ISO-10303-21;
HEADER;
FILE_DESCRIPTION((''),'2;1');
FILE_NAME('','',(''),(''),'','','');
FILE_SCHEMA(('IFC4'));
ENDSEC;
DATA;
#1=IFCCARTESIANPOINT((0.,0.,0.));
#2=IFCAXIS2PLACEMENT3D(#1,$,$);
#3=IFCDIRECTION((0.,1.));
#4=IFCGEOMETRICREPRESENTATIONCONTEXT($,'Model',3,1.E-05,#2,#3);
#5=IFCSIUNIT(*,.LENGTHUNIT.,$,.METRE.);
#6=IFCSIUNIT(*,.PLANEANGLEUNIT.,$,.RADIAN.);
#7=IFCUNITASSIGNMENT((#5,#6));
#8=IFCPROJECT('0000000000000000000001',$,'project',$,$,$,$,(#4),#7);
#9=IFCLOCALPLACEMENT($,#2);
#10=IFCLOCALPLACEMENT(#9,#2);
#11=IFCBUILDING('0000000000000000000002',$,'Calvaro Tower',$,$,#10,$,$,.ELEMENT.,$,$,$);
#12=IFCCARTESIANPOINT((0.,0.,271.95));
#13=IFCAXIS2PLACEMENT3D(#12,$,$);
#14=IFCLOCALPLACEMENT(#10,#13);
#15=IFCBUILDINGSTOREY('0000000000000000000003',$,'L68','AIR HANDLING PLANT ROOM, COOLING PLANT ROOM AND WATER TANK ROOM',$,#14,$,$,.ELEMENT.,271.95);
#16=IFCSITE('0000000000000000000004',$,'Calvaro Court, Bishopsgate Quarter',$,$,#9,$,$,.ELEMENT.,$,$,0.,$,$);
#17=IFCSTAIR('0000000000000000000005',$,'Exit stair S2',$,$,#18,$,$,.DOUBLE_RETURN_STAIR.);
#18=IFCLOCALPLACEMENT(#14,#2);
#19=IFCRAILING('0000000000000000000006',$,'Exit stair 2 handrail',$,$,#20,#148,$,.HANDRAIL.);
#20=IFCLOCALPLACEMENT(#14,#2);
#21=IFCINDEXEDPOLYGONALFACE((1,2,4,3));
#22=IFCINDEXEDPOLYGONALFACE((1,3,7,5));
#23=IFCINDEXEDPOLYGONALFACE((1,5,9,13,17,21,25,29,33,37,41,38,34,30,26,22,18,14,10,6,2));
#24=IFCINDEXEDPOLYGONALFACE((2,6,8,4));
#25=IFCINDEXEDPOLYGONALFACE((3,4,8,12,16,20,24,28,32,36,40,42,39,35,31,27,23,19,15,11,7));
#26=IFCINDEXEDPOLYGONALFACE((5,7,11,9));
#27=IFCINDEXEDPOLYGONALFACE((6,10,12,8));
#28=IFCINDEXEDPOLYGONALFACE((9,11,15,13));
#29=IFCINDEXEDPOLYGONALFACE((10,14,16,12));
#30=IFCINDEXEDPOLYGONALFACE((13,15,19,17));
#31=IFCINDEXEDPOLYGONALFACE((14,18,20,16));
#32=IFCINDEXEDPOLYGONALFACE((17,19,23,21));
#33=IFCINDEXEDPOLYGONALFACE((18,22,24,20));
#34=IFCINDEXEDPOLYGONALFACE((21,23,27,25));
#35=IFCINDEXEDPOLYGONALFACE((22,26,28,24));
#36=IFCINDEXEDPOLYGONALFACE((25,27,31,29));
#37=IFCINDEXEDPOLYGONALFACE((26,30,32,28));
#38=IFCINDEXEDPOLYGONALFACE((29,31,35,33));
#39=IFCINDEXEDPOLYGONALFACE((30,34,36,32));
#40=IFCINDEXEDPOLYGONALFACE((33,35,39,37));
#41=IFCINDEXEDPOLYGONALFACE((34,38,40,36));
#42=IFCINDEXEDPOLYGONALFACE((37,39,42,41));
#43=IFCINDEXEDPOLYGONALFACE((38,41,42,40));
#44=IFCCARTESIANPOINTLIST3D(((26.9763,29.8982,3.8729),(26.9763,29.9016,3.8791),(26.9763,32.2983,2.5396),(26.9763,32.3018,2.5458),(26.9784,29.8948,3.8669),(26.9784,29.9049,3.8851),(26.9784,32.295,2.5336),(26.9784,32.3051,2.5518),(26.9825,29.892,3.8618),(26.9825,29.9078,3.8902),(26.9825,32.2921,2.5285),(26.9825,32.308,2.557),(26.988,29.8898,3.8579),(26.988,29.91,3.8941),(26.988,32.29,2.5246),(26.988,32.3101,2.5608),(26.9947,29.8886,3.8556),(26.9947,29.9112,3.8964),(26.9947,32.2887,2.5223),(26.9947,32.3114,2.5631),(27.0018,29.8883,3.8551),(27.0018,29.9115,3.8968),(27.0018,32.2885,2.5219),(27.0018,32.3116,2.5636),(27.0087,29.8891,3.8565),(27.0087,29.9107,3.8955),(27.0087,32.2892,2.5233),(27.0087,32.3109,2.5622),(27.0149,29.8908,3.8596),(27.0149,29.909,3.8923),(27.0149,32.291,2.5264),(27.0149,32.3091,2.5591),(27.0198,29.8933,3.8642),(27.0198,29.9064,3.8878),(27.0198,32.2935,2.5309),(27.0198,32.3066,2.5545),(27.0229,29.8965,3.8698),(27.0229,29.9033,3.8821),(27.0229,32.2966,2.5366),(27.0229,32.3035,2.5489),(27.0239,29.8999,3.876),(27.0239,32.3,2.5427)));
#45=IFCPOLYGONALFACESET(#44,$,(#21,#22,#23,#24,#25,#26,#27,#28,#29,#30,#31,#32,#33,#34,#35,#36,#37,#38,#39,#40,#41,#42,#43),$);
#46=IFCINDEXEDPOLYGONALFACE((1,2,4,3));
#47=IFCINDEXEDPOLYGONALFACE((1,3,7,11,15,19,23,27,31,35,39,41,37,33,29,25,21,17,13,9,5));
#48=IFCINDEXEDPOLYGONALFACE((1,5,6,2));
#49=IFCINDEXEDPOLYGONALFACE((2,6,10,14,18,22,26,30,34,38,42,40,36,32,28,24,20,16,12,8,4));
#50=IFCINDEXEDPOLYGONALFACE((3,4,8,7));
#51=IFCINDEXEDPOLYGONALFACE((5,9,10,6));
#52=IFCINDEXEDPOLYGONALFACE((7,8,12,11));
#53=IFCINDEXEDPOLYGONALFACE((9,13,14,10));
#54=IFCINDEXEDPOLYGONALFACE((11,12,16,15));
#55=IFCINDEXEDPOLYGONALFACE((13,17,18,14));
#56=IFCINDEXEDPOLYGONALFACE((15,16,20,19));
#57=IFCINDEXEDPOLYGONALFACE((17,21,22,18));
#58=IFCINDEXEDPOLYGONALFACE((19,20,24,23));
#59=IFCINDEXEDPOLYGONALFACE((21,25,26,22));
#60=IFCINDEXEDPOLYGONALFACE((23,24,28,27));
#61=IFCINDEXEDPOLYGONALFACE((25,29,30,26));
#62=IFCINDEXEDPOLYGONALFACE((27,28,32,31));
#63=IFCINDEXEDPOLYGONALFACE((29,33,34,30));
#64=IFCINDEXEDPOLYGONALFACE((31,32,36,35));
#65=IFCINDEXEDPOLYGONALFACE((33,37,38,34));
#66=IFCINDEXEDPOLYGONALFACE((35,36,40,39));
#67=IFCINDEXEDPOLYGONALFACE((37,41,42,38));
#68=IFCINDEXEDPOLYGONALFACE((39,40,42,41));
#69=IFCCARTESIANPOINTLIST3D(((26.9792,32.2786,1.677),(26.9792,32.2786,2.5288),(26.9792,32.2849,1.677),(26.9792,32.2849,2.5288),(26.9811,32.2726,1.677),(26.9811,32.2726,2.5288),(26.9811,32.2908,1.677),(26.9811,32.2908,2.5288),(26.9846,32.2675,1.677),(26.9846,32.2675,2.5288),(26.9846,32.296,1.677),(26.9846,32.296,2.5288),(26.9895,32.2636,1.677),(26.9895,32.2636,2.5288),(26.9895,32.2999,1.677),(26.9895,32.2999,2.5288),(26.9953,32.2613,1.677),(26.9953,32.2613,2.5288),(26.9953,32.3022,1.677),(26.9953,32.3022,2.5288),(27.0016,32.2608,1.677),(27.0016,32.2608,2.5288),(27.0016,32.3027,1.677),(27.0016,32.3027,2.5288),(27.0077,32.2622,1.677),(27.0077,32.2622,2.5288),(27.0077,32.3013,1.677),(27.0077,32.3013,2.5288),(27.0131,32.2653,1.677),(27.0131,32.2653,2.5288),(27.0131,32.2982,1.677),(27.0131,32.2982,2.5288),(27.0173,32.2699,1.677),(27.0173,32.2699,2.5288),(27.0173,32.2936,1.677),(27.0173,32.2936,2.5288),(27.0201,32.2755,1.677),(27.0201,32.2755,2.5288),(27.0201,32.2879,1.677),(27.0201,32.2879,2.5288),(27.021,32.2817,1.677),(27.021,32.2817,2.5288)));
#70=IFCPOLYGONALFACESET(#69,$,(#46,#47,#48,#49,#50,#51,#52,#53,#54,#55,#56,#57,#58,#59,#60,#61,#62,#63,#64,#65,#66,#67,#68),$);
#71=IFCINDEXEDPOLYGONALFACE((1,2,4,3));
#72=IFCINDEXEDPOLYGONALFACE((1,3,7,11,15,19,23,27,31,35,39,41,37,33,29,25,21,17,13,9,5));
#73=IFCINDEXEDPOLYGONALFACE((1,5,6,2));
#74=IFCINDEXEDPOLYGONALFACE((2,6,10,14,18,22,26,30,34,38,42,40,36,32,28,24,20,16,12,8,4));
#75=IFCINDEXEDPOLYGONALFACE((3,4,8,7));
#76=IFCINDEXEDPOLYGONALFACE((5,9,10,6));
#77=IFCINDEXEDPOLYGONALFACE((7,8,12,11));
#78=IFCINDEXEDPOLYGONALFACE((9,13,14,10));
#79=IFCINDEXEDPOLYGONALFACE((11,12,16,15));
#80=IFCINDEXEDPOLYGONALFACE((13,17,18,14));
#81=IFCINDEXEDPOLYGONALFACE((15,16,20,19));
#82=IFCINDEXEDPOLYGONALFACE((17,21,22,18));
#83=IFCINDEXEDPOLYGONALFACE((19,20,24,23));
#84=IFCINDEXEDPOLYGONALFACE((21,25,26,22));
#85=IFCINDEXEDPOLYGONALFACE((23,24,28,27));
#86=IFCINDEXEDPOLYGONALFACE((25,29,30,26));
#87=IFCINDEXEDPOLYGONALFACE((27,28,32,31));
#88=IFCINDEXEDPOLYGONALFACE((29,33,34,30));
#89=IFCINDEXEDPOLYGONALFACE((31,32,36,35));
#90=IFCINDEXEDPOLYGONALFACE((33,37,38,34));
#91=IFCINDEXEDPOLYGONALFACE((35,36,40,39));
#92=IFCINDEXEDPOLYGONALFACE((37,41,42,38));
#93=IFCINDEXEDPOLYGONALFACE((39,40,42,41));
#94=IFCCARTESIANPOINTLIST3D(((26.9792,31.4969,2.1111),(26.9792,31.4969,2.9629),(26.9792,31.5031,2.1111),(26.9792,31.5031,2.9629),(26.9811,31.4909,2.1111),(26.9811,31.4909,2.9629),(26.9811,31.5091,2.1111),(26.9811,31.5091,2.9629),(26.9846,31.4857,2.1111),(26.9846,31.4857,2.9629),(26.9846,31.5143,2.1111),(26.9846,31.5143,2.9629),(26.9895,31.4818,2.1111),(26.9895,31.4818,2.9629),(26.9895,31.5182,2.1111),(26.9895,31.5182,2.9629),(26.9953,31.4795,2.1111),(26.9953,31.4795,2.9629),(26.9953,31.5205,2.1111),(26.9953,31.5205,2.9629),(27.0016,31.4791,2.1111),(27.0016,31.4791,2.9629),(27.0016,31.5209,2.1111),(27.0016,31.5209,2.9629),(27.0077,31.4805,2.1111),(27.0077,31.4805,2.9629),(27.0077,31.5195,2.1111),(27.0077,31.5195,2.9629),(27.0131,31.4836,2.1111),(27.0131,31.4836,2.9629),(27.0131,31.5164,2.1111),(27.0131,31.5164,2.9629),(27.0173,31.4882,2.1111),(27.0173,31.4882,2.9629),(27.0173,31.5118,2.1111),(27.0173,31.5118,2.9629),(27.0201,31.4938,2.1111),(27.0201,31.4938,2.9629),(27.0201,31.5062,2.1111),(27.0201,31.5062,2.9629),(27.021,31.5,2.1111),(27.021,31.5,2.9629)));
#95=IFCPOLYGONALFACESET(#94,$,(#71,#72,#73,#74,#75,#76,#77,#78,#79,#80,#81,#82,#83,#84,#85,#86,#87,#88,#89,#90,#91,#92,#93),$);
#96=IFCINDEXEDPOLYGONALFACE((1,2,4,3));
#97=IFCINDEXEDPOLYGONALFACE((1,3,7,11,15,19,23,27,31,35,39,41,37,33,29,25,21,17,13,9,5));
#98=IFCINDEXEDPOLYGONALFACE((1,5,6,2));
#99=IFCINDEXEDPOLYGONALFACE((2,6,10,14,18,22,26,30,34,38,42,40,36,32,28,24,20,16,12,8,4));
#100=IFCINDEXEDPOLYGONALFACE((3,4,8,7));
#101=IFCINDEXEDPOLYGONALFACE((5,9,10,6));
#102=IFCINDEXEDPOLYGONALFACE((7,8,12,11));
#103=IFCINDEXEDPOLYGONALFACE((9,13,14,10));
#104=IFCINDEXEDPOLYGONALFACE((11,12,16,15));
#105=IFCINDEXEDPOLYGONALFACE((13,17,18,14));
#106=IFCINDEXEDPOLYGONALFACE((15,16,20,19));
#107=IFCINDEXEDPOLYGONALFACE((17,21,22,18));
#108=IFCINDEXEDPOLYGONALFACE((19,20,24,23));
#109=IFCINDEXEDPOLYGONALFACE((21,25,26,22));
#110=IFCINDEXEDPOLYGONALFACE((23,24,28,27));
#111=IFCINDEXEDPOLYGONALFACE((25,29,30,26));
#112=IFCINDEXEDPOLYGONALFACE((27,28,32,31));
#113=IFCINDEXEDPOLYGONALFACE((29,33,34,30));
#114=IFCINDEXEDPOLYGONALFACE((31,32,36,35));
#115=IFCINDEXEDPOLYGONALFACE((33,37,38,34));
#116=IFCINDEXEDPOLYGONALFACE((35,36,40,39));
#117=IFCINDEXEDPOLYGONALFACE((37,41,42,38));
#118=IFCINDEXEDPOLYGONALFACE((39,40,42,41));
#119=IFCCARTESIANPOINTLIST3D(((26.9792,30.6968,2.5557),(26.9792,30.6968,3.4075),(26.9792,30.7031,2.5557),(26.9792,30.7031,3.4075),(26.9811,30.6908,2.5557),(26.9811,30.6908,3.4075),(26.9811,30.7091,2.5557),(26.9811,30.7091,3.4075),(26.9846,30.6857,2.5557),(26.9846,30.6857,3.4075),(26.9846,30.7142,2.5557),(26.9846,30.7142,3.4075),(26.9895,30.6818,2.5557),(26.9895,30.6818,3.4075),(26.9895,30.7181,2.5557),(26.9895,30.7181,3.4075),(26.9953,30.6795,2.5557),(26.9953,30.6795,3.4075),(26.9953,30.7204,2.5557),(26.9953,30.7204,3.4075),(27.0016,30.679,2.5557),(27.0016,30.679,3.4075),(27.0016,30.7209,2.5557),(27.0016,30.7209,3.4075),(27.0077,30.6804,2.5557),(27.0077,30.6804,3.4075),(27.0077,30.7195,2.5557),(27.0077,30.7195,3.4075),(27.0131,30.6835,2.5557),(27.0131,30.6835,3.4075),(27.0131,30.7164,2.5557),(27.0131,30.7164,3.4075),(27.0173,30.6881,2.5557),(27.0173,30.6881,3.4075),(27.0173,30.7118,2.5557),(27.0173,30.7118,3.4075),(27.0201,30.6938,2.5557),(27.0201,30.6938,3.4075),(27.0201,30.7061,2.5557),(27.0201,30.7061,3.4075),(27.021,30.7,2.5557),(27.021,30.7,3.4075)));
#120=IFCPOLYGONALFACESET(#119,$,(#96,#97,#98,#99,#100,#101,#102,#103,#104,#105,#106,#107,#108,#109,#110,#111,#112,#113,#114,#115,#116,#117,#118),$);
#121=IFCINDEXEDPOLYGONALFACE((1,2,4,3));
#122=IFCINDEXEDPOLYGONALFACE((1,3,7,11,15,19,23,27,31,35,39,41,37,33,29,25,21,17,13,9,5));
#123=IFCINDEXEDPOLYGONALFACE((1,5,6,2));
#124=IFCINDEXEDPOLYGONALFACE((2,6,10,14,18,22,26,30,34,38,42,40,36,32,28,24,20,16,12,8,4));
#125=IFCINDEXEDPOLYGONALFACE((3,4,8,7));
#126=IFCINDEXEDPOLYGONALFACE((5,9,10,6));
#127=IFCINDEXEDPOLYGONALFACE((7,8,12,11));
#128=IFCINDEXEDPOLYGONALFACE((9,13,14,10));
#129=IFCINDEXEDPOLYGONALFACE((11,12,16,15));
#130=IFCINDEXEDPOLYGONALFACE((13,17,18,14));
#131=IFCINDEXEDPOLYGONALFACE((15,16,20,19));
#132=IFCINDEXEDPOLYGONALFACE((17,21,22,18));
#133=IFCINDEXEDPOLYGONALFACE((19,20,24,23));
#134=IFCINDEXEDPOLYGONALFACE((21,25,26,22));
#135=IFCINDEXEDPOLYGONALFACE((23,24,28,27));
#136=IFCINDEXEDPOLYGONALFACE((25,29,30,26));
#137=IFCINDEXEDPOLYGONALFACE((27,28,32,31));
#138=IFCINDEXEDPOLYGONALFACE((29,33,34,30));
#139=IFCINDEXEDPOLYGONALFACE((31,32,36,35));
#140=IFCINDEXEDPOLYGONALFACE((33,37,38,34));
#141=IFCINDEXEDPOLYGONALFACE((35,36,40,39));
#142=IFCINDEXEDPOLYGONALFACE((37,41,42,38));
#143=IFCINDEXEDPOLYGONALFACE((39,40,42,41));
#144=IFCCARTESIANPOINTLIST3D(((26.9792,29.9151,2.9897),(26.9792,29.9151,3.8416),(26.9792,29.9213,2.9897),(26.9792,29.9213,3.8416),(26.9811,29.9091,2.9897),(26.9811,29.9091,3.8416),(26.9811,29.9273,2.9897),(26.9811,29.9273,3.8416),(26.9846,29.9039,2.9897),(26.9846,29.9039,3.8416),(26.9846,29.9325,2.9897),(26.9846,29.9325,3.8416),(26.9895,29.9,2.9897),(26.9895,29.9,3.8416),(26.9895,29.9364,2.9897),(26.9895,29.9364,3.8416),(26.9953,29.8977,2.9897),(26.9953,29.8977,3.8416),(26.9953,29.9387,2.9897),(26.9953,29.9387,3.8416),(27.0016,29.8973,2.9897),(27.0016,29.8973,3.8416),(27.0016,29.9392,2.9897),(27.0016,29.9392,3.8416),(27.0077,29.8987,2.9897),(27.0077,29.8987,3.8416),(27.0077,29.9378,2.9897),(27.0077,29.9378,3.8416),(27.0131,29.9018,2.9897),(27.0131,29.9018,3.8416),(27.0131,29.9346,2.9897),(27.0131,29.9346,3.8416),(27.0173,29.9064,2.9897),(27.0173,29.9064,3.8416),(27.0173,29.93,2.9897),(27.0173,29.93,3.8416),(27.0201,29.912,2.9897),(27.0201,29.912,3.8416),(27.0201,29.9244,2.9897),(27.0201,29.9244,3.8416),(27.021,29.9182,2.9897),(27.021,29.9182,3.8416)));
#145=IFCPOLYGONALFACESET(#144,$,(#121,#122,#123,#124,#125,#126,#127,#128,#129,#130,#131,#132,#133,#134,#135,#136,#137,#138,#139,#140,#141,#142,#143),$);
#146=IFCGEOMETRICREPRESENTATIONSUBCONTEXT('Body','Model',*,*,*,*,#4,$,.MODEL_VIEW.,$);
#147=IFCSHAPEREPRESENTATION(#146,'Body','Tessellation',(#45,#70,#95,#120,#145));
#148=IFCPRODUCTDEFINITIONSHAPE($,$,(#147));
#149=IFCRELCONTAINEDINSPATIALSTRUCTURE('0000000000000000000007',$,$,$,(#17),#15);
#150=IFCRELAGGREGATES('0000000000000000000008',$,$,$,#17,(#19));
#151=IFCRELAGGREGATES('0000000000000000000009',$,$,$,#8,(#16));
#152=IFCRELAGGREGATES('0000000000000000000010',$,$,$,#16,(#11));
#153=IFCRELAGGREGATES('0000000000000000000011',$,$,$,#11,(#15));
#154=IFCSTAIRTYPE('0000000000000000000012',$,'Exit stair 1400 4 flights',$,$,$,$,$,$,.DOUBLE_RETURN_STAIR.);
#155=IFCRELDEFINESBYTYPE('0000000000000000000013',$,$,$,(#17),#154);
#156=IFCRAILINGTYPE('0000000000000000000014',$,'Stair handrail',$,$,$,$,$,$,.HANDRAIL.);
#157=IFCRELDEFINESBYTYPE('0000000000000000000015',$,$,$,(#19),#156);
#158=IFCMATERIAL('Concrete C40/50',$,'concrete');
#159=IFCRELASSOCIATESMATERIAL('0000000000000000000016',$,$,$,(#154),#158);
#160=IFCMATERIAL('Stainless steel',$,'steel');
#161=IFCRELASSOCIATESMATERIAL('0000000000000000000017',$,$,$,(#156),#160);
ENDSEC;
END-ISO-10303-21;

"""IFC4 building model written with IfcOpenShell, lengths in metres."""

from ifc_helpers import new_model, si_unit, direction, frame, origin, origin_2d, place, context, subcontext, project, spatial, circle, extrude, material, type_object, element, aggregate, save


model = new_model("IFC4")

# Units and contexts
model_context = context("Model", 3, precision=1e-05, world=origin(), true_north=direction((0.0, 1.0)))
body_context = subcontext(model_context, "Body", "Model", "MODEL_VIEW")
ifc_project = project(units=[si_unit("LENGTHUNIT", "METRE"), si_unit("PLANEANGLEUNIT", "RADIAN")], contexts=[model_context])

# Site, building, storey
site_placement = place(None, origin())
site = spatial("IfcSite", under=ifc_project, at=site_placement, Name="Calvaro Court, Bishopsgate Quarter", CompositionType="ELEMENT", RefElevation=0.0)
building_placement = place(site_placement, origin())
building = spatial("IfcBuilding", under=site, at=building_placement, Name="Calvaro Tower", CompositionType="ELEMENT")
storey_placement = place(building_placement, frame((0.0, 0.0, 271.95)))
storey = spatial("IfcBuildingStorey", under=building, at=storey_placement, Name="L68", Description="AIR HANDLING PLANT ROOM, COOLING PLANT ROOM AND WATER TANK ROOM", CompositionType="ELEMENT", Elevation=271.95)

# Stair
ifc_material_1 = material(Name="Concrete C40/50", Category="concrete")
stair_type = type_object("IfcStairType", Name="Exit stair 1400 4 flights", PredefinedType="DOUBLE_RETURN_STAIR", material=ifc_material_1)
stair_placement = place(storey_placement, origin())
stair = element("IfcStair", 1, at=stair_placement, inside=storey, type_object=stair_type, Name="Exit stair S2", PredefinedType="DOUBLE_RETURN_STAIR")

# Railing
ifc_material_2 = material(Name="Stainless steel", Category="steel")
railing_type = type_object("IfcRailingType", Name="Stair handrail", PredefinedType="HANDRAIL", material=ifc_material_2)
railing_1_placement = place(storey_placement, frame((27.0, 32.3, 1.6667)))
railing_1 = element("IfcRailing", 2, at=railing_1_placement, type_object=railing_type, Name="Exit stair 2 handrail", PredefinedType="HANDRAIL", context=body_context, shape_type="SweptSolid", body=[
    extrude(circle(Radius=0.0239, at=origin_2d()), frame((0.0, 0.0, 0.876), z_axis=(0.0, -0.874182, 0.485598), x_axis=(1.0, 0.0, 0.0)), (0.0, 0.0, 1.0), 2.7456),
    extrude(circle(Radius=0.021, at=origin_2d()), frame((0.0, -0.0183, 0.0103)), (0.0, 0.0, 1.0), 0.8518),
    extrude(circle(Radius=0.021, at=origin_2d()), frame((0.0, -0.8, 0.4443)), (0.0, 0.0, 1.0), 0.8518),
    extrude(circle(Radius=0.021, at=origin_2d()), frame((0.0, -1.6001, 0.8889)), (0.0, 0.0, 1.0), 0.8518),
    extrude(circle(Radius=0.021, at=origin_2d()), frame((0.0, -2.3818, 1.323)), (0.0, 0.0, 1.0), 0.8518),
])
aggregate(stair, [railing_1])

save(model, "model.ifc")
